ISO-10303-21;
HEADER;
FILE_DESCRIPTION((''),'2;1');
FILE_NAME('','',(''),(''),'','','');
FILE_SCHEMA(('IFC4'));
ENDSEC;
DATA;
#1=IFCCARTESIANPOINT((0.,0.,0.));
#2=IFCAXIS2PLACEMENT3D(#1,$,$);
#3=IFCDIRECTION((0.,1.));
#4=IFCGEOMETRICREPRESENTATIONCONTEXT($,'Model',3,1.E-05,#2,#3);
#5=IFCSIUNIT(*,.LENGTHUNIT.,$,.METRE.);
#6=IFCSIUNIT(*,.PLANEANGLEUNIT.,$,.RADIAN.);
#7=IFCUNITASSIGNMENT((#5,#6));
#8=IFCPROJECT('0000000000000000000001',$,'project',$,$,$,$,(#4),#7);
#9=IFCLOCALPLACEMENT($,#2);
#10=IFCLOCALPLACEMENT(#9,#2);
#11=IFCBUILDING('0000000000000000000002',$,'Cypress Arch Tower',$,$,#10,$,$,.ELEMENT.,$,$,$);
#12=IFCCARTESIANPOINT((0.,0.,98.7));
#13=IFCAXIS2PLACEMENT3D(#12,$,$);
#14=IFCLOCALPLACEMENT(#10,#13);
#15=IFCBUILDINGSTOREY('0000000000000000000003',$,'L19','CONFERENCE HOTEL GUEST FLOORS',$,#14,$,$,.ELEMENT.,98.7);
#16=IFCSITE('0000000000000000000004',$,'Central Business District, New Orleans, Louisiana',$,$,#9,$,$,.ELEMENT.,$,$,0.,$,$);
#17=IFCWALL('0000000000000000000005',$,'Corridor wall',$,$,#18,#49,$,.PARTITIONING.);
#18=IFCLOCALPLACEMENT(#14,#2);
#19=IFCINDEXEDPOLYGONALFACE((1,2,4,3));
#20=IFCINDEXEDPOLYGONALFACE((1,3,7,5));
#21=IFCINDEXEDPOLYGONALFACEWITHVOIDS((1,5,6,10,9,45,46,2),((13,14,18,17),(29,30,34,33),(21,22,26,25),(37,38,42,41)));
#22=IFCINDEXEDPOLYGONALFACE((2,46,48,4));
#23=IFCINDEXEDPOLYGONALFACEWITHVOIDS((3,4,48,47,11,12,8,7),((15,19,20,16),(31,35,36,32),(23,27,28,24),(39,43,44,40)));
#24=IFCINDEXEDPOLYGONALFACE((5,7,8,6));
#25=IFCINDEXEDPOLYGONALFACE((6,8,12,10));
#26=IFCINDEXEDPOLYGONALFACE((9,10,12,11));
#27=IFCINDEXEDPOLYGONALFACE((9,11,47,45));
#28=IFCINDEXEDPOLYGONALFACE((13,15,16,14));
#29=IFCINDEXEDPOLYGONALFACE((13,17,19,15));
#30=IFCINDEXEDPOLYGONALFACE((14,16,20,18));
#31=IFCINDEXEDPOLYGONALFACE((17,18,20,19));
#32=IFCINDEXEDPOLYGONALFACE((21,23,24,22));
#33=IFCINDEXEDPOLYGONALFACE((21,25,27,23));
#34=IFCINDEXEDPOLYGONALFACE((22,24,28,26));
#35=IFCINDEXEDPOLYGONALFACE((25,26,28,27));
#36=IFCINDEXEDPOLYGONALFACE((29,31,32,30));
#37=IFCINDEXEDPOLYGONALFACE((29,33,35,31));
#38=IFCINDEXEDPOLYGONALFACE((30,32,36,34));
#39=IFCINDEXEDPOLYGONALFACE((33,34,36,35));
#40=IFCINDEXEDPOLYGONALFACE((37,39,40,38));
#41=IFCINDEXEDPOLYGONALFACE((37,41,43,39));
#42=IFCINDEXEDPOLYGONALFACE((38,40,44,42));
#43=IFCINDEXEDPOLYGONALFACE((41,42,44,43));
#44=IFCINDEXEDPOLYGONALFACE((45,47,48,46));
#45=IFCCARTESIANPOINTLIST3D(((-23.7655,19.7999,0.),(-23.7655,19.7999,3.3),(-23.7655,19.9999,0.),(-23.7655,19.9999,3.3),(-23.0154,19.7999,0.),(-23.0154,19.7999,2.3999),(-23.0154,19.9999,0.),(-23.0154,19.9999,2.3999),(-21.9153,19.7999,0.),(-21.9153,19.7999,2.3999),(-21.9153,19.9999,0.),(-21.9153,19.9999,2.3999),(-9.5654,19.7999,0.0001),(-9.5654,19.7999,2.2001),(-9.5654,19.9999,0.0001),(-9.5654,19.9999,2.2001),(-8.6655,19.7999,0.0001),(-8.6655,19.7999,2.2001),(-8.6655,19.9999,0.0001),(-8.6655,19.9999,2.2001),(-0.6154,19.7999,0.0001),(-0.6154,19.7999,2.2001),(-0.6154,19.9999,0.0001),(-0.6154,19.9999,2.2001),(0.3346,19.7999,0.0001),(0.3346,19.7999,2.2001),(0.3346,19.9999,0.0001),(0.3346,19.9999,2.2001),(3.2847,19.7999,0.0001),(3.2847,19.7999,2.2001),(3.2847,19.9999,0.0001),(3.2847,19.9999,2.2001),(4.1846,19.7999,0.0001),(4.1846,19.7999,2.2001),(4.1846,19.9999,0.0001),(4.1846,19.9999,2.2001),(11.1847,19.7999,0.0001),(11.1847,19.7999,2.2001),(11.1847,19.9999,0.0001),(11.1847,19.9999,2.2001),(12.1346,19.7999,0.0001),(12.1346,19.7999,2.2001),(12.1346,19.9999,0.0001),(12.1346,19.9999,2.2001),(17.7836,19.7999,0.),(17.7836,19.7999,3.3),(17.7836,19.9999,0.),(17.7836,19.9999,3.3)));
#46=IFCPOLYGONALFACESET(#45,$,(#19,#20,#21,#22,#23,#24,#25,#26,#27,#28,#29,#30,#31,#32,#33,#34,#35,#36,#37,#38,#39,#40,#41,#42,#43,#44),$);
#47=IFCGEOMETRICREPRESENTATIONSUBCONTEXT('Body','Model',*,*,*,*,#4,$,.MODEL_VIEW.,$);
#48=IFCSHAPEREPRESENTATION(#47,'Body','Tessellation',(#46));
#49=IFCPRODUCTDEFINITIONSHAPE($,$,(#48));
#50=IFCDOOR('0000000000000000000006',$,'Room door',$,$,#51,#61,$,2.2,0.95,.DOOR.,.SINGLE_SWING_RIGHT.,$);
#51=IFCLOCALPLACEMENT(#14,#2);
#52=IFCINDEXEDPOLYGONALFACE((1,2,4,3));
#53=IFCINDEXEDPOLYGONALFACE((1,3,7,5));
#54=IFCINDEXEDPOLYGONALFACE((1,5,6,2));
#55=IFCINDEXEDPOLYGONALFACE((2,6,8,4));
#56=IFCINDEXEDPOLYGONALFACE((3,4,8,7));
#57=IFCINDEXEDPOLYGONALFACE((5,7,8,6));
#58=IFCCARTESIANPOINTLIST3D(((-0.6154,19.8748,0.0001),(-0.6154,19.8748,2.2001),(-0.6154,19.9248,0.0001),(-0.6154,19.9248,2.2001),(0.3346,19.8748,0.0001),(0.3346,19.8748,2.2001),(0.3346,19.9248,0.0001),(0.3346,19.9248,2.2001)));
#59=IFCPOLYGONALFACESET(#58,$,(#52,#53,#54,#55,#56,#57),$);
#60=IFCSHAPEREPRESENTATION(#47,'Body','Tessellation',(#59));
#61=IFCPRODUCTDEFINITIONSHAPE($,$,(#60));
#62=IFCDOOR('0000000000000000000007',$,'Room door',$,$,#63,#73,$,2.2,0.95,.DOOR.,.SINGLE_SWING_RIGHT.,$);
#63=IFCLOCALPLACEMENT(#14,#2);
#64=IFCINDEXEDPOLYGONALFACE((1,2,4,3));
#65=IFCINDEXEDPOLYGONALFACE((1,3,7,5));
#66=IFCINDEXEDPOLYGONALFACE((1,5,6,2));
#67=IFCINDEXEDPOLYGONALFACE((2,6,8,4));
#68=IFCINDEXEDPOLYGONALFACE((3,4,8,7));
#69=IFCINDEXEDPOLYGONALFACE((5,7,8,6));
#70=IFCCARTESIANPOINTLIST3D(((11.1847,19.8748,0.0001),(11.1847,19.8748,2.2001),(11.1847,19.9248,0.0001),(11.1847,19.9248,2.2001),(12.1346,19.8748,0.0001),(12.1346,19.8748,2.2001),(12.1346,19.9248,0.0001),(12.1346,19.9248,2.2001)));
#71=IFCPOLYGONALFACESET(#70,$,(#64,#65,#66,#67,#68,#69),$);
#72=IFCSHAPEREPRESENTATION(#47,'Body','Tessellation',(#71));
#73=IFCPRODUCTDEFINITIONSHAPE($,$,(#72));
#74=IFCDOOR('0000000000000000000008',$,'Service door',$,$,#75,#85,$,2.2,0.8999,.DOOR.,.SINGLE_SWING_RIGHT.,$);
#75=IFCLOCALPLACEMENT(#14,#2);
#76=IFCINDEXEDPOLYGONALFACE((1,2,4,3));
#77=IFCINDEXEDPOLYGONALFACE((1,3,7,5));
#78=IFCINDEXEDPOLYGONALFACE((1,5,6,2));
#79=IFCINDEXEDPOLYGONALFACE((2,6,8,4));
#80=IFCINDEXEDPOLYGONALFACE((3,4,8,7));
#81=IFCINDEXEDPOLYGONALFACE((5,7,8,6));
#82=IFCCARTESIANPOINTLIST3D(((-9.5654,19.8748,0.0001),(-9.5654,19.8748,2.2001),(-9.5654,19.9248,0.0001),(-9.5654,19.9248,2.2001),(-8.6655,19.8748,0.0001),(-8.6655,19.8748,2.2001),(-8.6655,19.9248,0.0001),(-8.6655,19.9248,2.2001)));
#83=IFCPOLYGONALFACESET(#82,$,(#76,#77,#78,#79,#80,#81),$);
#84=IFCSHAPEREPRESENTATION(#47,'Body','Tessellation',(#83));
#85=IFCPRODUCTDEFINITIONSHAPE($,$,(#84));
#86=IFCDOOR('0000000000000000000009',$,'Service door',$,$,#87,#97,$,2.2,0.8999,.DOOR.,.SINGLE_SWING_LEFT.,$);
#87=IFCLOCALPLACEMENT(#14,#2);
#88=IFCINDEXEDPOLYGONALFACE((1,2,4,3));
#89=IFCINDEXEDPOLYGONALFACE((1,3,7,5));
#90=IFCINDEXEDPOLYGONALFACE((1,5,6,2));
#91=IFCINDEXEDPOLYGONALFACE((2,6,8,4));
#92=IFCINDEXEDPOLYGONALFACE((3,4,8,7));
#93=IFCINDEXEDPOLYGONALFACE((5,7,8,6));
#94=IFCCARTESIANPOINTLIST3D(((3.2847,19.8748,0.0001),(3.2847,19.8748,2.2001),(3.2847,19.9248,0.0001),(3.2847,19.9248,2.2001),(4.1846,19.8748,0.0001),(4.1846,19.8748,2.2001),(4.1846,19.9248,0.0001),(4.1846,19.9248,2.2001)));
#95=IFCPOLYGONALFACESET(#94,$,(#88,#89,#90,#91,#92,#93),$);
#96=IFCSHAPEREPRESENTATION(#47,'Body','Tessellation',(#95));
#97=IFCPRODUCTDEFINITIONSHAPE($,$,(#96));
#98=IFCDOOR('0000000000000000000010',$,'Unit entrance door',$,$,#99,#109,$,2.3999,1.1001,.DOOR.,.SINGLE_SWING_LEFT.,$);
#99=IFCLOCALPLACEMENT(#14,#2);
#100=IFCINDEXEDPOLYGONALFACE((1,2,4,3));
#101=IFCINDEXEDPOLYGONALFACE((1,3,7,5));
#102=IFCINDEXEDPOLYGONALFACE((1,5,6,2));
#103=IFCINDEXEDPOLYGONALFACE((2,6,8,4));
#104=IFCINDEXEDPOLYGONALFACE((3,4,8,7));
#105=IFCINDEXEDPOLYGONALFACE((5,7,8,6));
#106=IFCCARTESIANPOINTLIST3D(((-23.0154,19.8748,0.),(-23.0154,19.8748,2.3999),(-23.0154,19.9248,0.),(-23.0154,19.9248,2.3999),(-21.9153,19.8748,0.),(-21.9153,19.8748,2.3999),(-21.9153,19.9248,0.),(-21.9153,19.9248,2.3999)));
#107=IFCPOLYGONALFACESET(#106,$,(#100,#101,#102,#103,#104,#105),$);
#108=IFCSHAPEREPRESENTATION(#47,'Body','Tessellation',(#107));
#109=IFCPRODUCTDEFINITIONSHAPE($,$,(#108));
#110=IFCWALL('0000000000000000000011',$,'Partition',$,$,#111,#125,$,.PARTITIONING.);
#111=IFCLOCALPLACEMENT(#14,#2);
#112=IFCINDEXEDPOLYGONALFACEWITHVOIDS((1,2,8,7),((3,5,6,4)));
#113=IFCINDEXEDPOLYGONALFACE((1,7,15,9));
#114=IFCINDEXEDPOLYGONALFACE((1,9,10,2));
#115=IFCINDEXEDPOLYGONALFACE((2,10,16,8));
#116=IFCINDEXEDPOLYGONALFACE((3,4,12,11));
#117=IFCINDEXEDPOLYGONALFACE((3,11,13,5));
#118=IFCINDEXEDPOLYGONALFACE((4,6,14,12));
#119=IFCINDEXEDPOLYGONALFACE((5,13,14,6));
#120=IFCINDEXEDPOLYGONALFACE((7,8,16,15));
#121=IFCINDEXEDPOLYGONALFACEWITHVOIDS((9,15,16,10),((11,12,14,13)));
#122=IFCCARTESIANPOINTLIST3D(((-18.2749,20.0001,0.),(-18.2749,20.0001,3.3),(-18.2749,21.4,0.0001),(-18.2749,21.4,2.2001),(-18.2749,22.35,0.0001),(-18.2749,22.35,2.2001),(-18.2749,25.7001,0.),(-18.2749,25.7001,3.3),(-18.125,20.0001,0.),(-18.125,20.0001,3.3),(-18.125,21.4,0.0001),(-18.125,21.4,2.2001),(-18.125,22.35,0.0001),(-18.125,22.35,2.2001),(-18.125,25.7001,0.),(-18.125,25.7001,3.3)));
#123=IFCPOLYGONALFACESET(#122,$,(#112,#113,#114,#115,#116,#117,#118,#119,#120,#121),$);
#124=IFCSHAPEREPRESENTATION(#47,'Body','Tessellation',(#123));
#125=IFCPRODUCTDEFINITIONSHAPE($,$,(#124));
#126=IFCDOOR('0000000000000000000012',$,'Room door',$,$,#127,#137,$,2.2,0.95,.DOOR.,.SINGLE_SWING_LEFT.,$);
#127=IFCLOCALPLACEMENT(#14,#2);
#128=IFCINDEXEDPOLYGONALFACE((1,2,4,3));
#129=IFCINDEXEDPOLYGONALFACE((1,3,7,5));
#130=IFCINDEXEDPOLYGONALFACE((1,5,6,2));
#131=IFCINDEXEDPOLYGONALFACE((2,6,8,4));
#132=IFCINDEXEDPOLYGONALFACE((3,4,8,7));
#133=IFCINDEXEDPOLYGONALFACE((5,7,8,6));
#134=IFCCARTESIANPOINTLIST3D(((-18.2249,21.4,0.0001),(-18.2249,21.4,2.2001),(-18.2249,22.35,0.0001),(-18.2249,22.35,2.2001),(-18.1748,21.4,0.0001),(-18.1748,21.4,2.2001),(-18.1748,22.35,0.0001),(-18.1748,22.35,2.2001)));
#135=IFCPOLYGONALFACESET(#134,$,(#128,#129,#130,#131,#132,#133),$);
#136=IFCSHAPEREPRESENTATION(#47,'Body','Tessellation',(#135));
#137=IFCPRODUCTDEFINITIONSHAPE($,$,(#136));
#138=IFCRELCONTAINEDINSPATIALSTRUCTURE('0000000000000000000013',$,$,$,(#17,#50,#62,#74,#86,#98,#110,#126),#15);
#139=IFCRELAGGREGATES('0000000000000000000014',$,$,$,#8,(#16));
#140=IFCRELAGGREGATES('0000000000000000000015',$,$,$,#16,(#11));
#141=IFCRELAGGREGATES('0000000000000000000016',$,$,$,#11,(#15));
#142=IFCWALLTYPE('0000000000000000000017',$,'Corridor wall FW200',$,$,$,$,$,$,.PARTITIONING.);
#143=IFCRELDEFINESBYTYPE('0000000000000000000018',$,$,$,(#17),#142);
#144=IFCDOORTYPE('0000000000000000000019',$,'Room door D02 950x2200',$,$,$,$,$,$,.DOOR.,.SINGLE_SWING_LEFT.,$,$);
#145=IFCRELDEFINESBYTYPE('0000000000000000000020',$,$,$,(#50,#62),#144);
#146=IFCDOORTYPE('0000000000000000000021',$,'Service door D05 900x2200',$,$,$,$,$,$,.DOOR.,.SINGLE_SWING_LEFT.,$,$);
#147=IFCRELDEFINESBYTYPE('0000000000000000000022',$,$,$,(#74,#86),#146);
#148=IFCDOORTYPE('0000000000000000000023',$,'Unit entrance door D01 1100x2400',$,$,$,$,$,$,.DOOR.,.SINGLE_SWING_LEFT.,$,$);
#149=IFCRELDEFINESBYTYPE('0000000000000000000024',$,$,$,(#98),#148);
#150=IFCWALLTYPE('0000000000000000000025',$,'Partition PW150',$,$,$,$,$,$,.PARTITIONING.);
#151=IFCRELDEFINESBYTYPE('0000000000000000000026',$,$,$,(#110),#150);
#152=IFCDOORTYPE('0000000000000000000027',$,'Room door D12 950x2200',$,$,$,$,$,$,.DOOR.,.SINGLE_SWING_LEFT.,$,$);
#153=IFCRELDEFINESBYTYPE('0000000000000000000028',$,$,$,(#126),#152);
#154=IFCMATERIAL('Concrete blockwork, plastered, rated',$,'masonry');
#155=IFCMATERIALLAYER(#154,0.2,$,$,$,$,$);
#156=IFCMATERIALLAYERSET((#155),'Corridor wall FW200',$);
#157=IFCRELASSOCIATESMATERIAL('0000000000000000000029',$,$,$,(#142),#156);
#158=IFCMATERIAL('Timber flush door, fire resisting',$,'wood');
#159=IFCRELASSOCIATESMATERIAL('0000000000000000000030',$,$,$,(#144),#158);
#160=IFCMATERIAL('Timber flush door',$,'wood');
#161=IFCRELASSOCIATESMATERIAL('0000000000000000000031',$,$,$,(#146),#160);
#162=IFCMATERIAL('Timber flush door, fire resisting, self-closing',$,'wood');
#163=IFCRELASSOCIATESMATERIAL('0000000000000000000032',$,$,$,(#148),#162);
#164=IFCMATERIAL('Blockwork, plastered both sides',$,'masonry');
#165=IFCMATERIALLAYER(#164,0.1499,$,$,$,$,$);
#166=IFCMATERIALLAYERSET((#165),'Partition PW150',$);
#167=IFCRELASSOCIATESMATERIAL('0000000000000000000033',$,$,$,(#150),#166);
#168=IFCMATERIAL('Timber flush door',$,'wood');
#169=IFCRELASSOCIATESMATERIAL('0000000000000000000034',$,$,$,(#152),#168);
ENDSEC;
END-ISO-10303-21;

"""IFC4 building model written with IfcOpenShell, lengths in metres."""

from ifc_helpers import new_model, si_unit, direction, frame, frame_2d, origin, place, context, subcontext, project, spatial, rectangle, extrude, material, layer, layer_set, type_object, element, fill, save


model = new_model("IFC4")

# Units and contexts
model_context = context("Model", 3, precision=1e-05, world=origin(), true_north=direction((0.0, 1.0)))
body_context = subcontext(model_context, "Body", "Model", "MODEL_VIEW")
ifc_project = project(units=[si_unit("LENGTHUNIT", "METRE"), si_unit("PLANEANGLEUNIT", "RADIAN")], contexts=[model_context])

# Site, building, storey
site_placement = place(None, origin())
site = spatial("IfcSite", under=ifc_project, at=site_placement, Name="Central Business District, New Orleans, Louisiana", CompositionType="ELEMENT", RefElevation=0.0)
building_placement = place(site_placement, origin())
building = spatial("IfcBuilding", under=site, at=building_placement, Name="Cypress Arch Tower", CompositionType="ELEMENT")
storey_placement = place(building_placement, frame((0.0, 0.0, 98.7)))
storey = spatial("IfcBuildingStorey", under=building, at=storey_placement, Name="L19", Description="CONFERENCE HOTEL GUEST FLOORS", CompositionType="ELEMENT", Elevation=98.7)

# Wall, openings, doors
ifc_material_1 = material(Name="Concrete blockwork, plastered, rated", Category="masonry")
ifc_layer_1 = layer(ifc_material_1, 0.2)
ifc_layer_set_1 = layer_set([ifc_layer_1], Name="Corridor wall FW200")
wall_type_1 = type_object("IfcWallType", Name="Corridor wall FW200", PredefinedType="PARTITIONING", material=ifc_layer_set_1)
wall_1_placement = place(storey_placement, frame((-23.7654, 19.8999, 0.0), z_axis=(0.0, 0.0, 1.0), x_axis=(1.0, 0.0, 0.0)))
wall_1 = element("IfcWall", 1, at=wall_1_placement, inside=storey, type_object=wall_type_1, Name="Corridor wall", PredefinedType="PARTITIONING", context=body_context, shape_type="SweptSolid", body=[
    extrude(rectangle(XDim=41.5491, YDim=0.2, at=frame_2d((20.7744, 0.0))), origin(), (0.0, 0.0, 1.0), 3.3),
])
opening_1_placement = place(wall_1_placement, frame((14.2, 0.0, 0.0)))
opening_1 = element("IfcOpeningElement", 2, at=opening_1_placement, cuts=wall_1, PredefinedType="OPENING", context=body_context, shape_type="SweptSolid", body=[
    extrude(rectangle(XDim=0.8999, YDim=2.2, at=frame_2d((0.45, 1.1001))), frame((0.0, 0.1099, 0.0), z_axis=(0.0, -1.0, 0.0), x_axis=(1.0, 0.0, 0.0)), (0.0, 0.0, 1.0), 0.22),
])
opening_2_placement = place(wall_1_placement, frame((27.05, 0.0, 0.0)))
opening_2 = element("IfcOpeningElement", 3, at=opening_2_placement, cuts=wall_1, PredefinedType="OPENING", context=body_context, shape_type="SweptSolid", body=[
    extrude(rectangle(XDim=0.8999, YDim=2.2, at=frame_2d((0.45, 1.1001))), frame((0.0, 0.1099, 0.0), z_axis=(0.0, -1.0, 0.0), x_axis=(1.0, 0.0, 0.0)), (0.0, 0.0, 1.0), 0.22),
])
opening_3_placement = place(wall_1_placement, frame((0.75, 0.0, 0.0)))
opening_3 = element("IfcOpeningElement", 4, at=opening_3_placement, cuts=wall_1, PredefinedType="OPENING", context=body_context, shape_type="SweptSolid", body=[
    extrude(rectangle(XDim=1.1001, YDim=2.3999, at=frame_2d((0.55, 1.2))), frame((0.0, 0.1099, 0.0), z_axis=(0.0, -1.0, 0.0), x_axis=(1.0, 0.0, 0.0)), (0.0, 0.0, 1.0), 0.22),
])
opening_4_placement = place(wall_1_placement, frame((23.1499, 0.0, 0.0)))
opening_4 = element("IfcOpeningElement", 5, at=opening_4_placement, cuts=wall_1, PredefinedType="OPENING", context=body_context, shape_type="SweptSolid", body=[
    extrude(rectangle(XDim=0.95, YDim=2.2, at=frame_2d((0.4751, 1.1001))), frame((0.0, 0.1099, 0.0), z_axis=(0.0, -1.0, 0.0), x_axis=(1.0, 0.0, 0.0)), (0.0, 0.0, 1.0), 0.22),
])
opening_5_placement = place(wall_1_placement, frame((34.95, 0.0, 0.0)))
opening_5 = element("IfcOpeningElement", 6, at=opening_5_placement, cuts=wall_1, PredefinedType="OPENING", context=body_context, shape_type="SweptSolid", body=[
    extrude(rectangle(XDim=0.95, YDim=2.2, at=frame_2d((0.4751, 1.1001))), frame((0.0, 0.1099, 0.0), z_axis=(0.0, -1.0, 0.0), x_axis=(1.0, 0.0, 0.0)), (0.0, 0.0, 1.0), 0.22),
])
ifc_material_2 = material(Name="Timber flush door, fire resisting", Category="wood")
door_type_1 = type_object("IfcDoorType", Name="Room door D02 950x2200", OperationType="SINGLE_SWING_LEFT", PredefinedType="DOOR", material=ifc_material_2)
door_1_placement = place(opening_4_placement, origin())
door_1 = element("IfcDoor", 7, at=door_1_placement, inside=storey, type_object=door_type_1, Name="Room door", OperationType="SINGLE_SWING_RIGHT", OverallHeight=2.2, OverallWidth=0.95, PredefinedType="DOOR", context=body_context, shape_type="SweptSolid", body=[
    extrude(rectangle(XDim=0.95, YDim=2.2, at=frame_2d((0.4751, 1.1001))), frame((0.0, 0.0249, 0.0), z_axis=(0.0, -1.0, 0.0), x_axis=(1.0, 0.0, 0.0)), (0.0, 0.0, 1.0), 0.05),
])
fill(opening_4, door_1)
door_2_placement = place(opening_5_placement, origin())
door_2 = element("IfcDoor", 8, at=door_2_placement, inside=storey, type_object=door_type_1, Name="Room door", OperationType="SINGLE_SWING_RIGHT", OverallHeight=2.2, OverallWidth=0.95, PredefinedType="DOOR", context=body_context, shape_type="SweptSolid", body=[
    extrude(rectangle(XDim=0.95, YDim=2.2, at=frame_2d((0.4751, 1.1001))), frame((0.0, 0.0249, 0.0), z_axis=(0.0, -1.0, 0.0), x_axis=(1.0, 0.0, 0.0)), (0.0, 0.0, 1.0), 0.05),
])
fill(opening_5, door_2)
ifc_material_3 = material(Name="Timber flush door", Category="wood")
door_type_2 = type_object("IfcDoorType", Name="Service door D05 900x2200", OperationType="SINGLE_SWING_LEFT", PredefinedType="DOOR", material=ifc_material_3)
door_3_placement = place(opening_1_placement, origin())
door_3 = element("IfcDoor", 9, at=door_3_placement, inside=storey, type_object=door_type_2, Name="Service door", OperationType="SINGLE_SWING_RIGHT", OverallHeight=2.2, OverallWidth=0.8999, PredefinedType="DOOR", context=body_context, shape_type="SweptSolid", body=[
    extrude(rectangle(XDim=0.8999, YDim=2.2, at=frame_2d((0.45, 1.1001))), frame((0.0, 0.0249, 0.0), z_axis=(0.0, -1.0, 0.0), x_axis=(1.0, 0.0, 0.0)), (0.0, 0.0, 1.0), 0.05),
])
fill(opening_1, door_3)
door_4_placement = place(opening_2_placement, origin())
door_4 = element("IfcDoor", 10, at=door_4_placement, inside=storey, type_object=door_type_2, Name="Service door", OperationType="SINGLE_SWING_LEFT", OverallHeight=2.2, OverallWidth=0.8999, PredefinedType="DOOR", context=body_context, shape_type="SweptSolid", body=[
    extrude(rectangle(XDim=0.8999, YDim=2.2, at=frame_2d((0.45, 1.1001))), frame((0.0, 0.0249, 0.0), z_axis=(0.0, -1.0, 0.0), x_axis=(1.0, 0.0, 0.0)), (0.0, 0.0, 1.0), 0.05),
])
fill(opening_2, door_4)
ifc_material_4 = material(Name="Timber flush door, fire resisting, self-closing", Category="wood")
door_type_3 = type_object("IfcDoorType", Name="Unit entrance door D01 1100x2400", OperationType="SINGLE_SWING_LEFT", PredefinedType="DOOR", material=ifc_material_4)
door_5_placement = place(opening_3_placement, origin())
door_5 = element("IfcDoor", 11, at=door_5_placement, inside=storey, type_object=door_type_3, Name="Unit entrance door", OperationType="SINGLE_SWING_LEFT", OverallHeight=2.3999, OverallWidth=1.1001, PredefinedType="DOOR", context=body_context, shape_type="SweptSolid", body=[
    extrude(rectangle(XDim=1.1001, YDim=2.3999, at=frame_2d((0.55, 1.2))), frame((0.0, 0.0249, 0.0), z_axis=(0.0, -1.0, 0.0), x_axis=(1.0, 0.0, 0.0)), (0.0, 0.0, 1.0), 0.05),
])
fill(opening_3, door_5)

# Wall, opening, door
ifc_material_5 = material(Name="Blockwork, plastered both sides", Category="masonry")
ifc_layer_2 = layer(ifc_material_5, 0.1499)
ifc_layer_set_2 = layer_set([ifc_layer_2], Name="Partition PW150")
wall_type_2 = type_object("IfcWallType", Name="Partition PW150", PredefinedType="PARTITIONING", material=ifc_layer_set_2)
wall_2_placement = place(storey_placement, frame((-18.2, 20.0, 0.0), z_axis=(0.0, 0.0, 1.0), x_axis=(0.0, 1.0, 0.0)))
wall_2 = element("IfcWall", 12, at=wall_2_placement, inside=storey, type_object=wall_type_2, Name="Partition", PredefinedType="PARTITIONING", context=body_context, shape_type="SweptSolid", body=[
    extrude(rectangle(XDim=5.7, YDim=0.1499, at=frame_2d((2.8501, 0.0))), origin(), (0.0, 0.0, 1.0), 3.3),
])
opening_6_placement = place(wall_2_placement, frame((1.3999, 0.0, 0.0)))
opening_6 = element("IfcOpeningElement", 13, at=opening_6_placement, cuts=wall_2, PredefinedType="OPENING", context=body_context, shape_type="SweptSolid", body=[
    extrude(rectangle(XDim=0.95, YDim=2.2, at=frame_2d((0.4751, 1.1001))), frame((0.0, 0.085, 0.0), z_axis=(0.0, -1.0, 0.0), x_axis=(1.0, 0.0, 0.0)), (0.0, 0.0, 1.0), 0.1699),
])
ifc_material_6 = material(Name="Timber flush door", Category="wood")
door_type_4 = type_object("IfcDoorType", Name="Room door D12 950x2200", OperationType="SINGLE_SWING_LEFT", PredefinedType="DOOR", material=ifc_material_6)
door_6_placement = place(opening_6_placement, origin())
door_6 = element("IfcDoor", 14, at=door_6_placement, inside=storey, type_object=door_type_4, Name="Room door", OperationType="SINGLE_SWING_LEFT", OverallHeight=2.2, OverallWidth=0.95, PredefinedType="DOOR", context=body_context, shape_type="SweptSolid", body=[
    extrude(rectangle(XDim=0.95, YDim=2.2, at=frame_2d((0.4751, 1.1001))), frame((0.0, 0.0249, 0.0), z_axis=(0.0, -1.0, 0.0), x_axis=(1.0, 0.0, 0.0)), (0.0, 0.0, 1.0), 0.05),
])
fill(opening_6, door_6)

save(model, "model.ifc")
